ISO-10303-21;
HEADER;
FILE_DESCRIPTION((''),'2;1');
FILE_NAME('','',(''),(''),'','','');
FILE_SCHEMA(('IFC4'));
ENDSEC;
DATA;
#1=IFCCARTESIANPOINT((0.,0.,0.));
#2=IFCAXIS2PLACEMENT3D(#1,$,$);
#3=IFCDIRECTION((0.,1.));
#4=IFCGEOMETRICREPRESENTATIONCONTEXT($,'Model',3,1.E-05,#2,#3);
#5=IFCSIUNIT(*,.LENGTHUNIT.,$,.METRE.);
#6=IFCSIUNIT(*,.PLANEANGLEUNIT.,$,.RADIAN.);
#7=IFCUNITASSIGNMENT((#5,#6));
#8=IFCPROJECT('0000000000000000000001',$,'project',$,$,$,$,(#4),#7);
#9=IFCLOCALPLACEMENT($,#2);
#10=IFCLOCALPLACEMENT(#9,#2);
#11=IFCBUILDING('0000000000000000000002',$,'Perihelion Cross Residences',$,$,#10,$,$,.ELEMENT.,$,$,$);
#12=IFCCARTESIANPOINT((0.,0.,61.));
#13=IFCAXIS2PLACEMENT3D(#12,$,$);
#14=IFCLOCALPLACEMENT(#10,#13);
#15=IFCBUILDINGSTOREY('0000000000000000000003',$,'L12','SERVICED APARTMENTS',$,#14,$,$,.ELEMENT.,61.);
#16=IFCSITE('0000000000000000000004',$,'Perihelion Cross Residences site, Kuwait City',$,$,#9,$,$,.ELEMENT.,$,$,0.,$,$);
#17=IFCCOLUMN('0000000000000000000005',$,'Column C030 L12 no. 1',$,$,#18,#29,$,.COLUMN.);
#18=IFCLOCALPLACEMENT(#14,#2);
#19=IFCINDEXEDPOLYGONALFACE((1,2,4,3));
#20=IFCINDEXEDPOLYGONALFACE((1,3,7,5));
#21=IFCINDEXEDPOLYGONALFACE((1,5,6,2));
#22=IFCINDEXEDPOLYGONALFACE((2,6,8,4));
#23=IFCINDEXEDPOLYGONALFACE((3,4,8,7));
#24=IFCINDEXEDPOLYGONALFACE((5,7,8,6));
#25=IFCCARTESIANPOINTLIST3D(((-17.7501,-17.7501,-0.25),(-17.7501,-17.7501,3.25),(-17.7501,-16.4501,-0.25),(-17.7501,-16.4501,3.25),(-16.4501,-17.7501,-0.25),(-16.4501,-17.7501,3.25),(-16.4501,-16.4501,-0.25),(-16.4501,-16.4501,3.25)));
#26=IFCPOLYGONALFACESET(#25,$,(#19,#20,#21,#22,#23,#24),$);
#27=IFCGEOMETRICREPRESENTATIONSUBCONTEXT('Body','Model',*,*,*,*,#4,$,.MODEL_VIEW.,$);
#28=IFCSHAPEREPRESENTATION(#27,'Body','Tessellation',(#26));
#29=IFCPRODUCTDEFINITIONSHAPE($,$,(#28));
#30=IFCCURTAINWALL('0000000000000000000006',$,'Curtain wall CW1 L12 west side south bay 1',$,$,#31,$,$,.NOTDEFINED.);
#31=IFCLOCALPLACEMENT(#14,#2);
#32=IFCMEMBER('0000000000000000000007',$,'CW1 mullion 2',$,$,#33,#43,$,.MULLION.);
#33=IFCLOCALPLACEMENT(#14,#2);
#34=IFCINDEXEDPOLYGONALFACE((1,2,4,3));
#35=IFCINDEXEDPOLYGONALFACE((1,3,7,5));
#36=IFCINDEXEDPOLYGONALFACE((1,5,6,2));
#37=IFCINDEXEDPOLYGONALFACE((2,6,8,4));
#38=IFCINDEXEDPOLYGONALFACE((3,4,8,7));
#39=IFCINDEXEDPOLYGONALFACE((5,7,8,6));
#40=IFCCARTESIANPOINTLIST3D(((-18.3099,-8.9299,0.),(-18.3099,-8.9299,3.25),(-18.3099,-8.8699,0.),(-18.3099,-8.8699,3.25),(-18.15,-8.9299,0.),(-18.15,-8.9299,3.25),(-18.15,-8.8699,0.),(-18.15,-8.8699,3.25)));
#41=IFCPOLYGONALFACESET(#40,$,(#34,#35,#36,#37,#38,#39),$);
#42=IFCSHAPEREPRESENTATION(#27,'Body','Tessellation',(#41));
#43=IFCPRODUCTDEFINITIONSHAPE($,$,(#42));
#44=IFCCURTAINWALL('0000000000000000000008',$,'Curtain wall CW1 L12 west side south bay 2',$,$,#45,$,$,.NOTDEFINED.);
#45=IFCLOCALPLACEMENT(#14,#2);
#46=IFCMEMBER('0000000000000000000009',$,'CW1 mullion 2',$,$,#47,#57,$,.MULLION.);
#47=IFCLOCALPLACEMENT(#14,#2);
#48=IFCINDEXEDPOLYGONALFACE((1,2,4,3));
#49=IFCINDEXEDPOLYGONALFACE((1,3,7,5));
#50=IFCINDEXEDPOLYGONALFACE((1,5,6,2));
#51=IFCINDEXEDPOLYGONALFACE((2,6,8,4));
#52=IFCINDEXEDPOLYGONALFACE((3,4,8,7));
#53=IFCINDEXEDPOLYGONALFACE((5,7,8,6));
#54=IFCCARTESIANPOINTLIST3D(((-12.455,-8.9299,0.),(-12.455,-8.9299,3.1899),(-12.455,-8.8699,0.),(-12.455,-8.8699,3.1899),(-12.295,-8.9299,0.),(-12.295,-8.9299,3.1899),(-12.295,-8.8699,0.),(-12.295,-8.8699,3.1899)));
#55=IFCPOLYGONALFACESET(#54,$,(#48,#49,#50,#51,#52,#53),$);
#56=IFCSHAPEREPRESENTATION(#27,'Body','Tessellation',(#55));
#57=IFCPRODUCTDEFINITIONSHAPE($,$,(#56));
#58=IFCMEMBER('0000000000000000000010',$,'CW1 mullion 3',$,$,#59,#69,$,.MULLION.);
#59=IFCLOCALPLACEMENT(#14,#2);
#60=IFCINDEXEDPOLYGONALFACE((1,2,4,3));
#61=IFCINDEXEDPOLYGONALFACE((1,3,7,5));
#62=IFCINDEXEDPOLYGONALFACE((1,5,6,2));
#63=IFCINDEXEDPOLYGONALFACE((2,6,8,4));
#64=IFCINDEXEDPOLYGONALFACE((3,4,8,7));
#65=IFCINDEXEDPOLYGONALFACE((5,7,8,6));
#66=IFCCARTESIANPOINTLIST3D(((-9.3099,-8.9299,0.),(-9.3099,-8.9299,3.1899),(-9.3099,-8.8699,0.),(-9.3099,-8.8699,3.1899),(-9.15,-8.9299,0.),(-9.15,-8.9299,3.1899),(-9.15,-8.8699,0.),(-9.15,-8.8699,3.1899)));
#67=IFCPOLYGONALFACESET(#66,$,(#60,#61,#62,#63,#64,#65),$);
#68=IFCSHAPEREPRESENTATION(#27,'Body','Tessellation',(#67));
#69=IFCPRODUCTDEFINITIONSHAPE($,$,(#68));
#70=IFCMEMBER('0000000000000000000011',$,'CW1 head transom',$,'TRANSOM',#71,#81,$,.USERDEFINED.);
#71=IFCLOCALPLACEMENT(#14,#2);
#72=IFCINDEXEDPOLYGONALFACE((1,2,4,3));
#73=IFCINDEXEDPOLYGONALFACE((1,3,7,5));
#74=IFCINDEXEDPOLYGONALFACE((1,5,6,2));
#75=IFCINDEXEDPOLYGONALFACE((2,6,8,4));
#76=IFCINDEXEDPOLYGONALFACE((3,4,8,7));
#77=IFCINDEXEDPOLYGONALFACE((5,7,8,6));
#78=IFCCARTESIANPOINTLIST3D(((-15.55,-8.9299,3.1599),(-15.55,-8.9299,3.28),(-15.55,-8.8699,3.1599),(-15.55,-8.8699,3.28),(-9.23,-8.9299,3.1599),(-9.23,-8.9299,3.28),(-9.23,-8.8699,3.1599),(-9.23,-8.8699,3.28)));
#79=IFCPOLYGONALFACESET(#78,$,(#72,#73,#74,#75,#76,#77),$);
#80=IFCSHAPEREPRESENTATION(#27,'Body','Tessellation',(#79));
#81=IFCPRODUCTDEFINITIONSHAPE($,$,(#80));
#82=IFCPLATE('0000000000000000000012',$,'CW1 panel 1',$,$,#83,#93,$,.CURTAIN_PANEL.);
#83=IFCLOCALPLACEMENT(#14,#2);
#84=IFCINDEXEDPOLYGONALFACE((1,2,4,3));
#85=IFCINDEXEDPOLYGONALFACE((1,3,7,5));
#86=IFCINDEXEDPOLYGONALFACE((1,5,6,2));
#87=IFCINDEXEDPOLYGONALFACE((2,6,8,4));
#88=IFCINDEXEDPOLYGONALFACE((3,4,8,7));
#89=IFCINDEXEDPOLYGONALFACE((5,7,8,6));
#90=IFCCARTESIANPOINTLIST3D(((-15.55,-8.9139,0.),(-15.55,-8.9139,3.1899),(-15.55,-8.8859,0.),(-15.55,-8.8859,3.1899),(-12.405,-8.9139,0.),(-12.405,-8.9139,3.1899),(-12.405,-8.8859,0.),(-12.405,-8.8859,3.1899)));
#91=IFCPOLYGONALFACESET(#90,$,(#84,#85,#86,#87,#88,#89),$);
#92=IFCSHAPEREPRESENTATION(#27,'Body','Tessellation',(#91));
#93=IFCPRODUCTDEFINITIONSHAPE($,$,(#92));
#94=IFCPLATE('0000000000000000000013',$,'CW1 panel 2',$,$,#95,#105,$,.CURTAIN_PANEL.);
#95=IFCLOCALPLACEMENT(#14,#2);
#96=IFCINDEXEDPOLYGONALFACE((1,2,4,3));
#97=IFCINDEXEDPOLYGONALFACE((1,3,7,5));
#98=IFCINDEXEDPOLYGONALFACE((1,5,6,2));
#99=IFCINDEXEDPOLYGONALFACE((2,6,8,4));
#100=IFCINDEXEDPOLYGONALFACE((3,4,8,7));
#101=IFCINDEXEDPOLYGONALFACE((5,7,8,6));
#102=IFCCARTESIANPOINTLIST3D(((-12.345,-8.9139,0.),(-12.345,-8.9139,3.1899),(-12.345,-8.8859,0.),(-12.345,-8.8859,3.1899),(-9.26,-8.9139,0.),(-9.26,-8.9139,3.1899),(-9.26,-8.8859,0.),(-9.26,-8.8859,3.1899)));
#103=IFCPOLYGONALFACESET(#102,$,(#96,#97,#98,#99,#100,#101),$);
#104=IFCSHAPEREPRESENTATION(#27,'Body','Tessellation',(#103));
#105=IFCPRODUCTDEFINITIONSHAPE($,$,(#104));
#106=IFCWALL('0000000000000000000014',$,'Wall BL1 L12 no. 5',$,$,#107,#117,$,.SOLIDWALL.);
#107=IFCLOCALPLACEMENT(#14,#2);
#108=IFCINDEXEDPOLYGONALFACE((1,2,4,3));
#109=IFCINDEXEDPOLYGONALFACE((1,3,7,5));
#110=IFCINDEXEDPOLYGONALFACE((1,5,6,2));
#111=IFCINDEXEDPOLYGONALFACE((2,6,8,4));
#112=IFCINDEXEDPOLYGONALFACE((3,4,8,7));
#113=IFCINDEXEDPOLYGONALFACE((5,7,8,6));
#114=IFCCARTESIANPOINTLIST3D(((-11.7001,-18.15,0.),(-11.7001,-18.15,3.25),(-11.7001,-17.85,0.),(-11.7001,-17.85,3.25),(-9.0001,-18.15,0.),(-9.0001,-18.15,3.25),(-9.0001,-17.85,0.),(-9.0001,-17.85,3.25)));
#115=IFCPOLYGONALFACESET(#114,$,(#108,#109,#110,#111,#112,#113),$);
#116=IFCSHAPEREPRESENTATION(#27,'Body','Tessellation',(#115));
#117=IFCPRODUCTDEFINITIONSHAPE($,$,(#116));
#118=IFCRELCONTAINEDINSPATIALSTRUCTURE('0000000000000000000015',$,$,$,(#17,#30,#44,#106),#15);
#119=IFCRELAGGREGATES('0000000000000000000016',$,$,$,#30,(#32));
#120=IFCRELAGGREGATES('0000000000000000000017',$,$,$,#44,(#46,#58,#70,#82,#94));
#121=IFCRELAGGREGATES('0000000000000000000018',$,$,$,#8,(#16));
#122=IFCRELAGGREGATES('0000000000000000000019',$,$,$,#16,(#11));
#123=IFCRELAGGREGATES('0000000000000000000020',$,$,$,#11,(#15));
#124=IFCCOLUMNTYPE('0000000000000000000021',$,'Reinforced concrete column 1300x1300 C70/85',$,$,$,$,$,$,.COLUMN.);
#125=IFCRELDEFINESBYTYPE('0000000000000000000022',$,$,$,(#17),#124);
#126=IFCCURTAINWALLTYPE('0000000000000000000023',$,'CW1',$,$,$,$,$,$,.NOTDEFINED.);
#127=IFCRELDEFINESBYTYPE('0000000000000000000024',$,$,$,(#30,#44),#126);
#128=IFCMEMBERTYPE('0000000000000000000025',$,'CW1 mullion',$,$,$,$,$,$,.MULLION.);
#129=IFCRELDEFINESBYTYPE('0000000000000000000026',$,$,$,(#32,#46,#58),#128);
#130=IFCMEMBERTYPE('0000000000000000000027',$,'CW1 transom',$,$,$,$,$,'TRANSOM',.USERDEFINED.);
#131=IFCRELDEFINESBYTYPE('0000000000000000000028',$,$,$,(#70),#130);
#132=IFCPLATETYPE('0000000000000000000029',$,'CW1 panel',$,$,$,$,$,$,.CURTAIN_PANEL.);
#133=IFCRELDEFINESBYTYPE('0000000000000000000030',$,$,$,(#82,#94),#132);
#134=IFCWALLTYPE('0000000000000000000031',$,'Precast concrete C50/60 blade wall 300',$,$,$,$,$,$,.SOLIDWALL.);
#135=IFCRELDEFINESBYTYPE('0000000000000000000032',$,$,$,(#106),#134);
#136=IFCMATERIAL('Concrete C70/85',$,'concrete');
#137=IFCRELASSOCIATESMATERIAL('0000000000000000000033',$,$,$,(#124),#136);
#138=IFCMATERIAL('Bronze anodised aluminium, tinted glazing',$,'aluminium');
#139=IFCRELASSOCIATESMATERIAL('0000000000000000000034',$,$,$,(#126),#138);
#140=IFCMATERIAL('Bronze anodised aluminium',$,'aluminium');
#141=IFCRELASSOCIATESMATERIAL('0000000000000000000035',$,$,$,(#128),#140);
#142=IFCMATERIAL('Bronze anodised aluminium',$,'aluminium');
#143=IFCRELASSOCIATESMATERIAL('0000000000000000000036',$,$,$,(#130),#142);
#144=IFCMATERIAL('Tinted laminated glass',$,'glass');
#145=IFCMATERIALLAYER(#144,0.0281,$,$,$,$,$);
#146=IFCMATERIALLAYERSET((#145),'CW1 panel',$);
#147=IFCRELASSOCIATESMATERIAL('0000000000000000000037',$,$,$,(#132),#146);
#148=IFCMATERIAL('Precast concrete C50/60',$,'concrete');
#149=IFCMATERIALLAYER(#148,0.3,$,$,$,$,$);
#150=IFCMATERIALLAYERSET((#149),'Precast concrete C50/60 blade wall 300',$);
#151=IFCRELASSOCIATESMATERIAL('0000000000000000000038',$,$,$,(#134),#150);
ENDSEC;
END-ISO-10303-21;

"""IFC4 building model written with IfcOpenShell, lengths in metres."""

from ifc_helpers import new_model, si_unit, direction, frame, frame_2d, origin, origin_2d, place, context, subcontext, project, spatial, rectangle, extrude, material, layer, layer_set, material_profile, profile_set, type_object, element, aggregate, save


model = new_model("IFC4")

# Units and contexts
model_context = context("Model", 3, precision=1e-05, world=origin(), true_north=direction((0.0, 1.0)))
body_context = subcontext(model_context, "Body", "Model", "MODEL_VIEW")
ifc_project = project(units=[si_unit("LENGTHUNIT", "METRE"), si_unit("PLANEANGLEUNIT", "RADIAN")], contexts=[model_context])

# Site, building, storey
site_placement = place(None, origin())
site = spatial("IfcSite", under=ifc_project, at=site_placement, Name="Perihelion Cross Residences site, Kuwait City", CompositionType="ELEMENT", RefElevation=0.0)
building_placement = place(site_placement, origin())
building = spatial("IfcBuilding", under=site, at=building_placement, Name="Perihelion Cross Residences", CompositionType="ELEMENT")
storey_placement = place(building_placement, frame((0.0, 0.0, 61.0)))
storey = spatial("IfcBuildingStorey", under=building, at=storey_placement, Name="L12", Description="SERVICED APARTMENTS", CompositionType="ELEMENT", Elevation=61.0)

# Column
ifc_material_1 = material(Name="Concrete C70/85", Category="concrete")
ifc_material_profile_1 = material_profile(ifc_material_1, rectangle(XDim=1.3, YDim=1.3, at=origin_2d()), Name="RC 1300x1300")
ifc_profile_set_1 = profile_set([ifc_material_profile_1], Name="Concrete C70/85")
column_type = type_object("IfcColumnType", Name="Reinforced concrete column 1300x1300 C70/85", PredefinedType="COLUMN", material=ifc_profile_set_1)
column_placement = place(storey_placement, frame((-17.1001, -17.1001, -0.25), z_axis=(0.0, 0.0, 1.0), x_axis=(1.0, 0.0, 0.0)))
element("IfcColumn", 1, at=column_placement, inside=storey, type_object=column_type, Name="Column C030 L12 no. 1", PredefinedType="COLUMN", context=body_context, shape_type="SweptSolid", body=[
    extrude(rectangle(XDim=1.3, YDim=1.3, at=origin_2d()), origin(), (0.0, 0.0, 1.0), 3.5),
])

# Curtain wall, member
ifc_material_2 = material(Name="Bronze anodised aluminium, tinted glazing", Category="aluminium")
curtain_wall_type = type_object("IfcCurtainWallType", Name="CW1", PredefinedType="NOTDEFINED", material=ifc_material_2)
curtain_wall_1_placement = place(storey_placement, origin())
curtain_wall_1 = element("IfcCurtainWall", 2, at=curtain_wall_1_placement, inside=storey, type_object=curtain_wall_type, Name="Curtain wall CW1 L12 west side south bay 1", PredefinedType="NOTDEFINED")
ifc_material_3 = material(Name="Bronze anodised aluminium", Category="aluminium")
ifc_material_profile_2 = material_profile(ifc_material_3, rectangle(XDim=0.0601, YDim=0.1599, at=origin_2d()), Name="CW1 mullion")
ifc_profile_set_2 = profile_set([ifc_material_profile_2], Name="Bronze anodised aluminium")
member_type_1 = type_object("IfcMemberType", Name="CW1 mullion", PredefinedType="MULLION", material=ifc_profile_set_2)
member_1_placement = place(storey_placement, frame((-18.23, -8.8999, 0.0), z_axis=(0.0, 0.0, 1.0), x_axis=(0.0, 1.0, 0.0)))
member_1 = element("IfcMember", 3, at=member_1_placement, type_object=member_type_1, Name="CW1 mullion 2", PredefinedType="MULLION", context=body_context, shape_type="SweptSolid", body=[
    extrude(rectangle(XDim=0.0601, YDim=0.1599, at=origin_2d()), origin(), (0.0, 0.0, 1.0), 3.25),
])
aggregate(curtain_wall_1, [member_1])

# Curtain wall, members, plates
curtain_wall_2_placement = place(storey_placement, origin())
curtain_wall_2 = element("IfcCurtainWall", 4, at=curtain_wall_2_placement, inside=storey, type_object=curtain_wall_type, Name="Curtain wall CW1 L12 west side south bay 2", PredefinedType="NOTDEFINED")
member_2_placement = place(storey_placement, frame((-12.375, -8.8999, 0.0), z_axis=(0.0, 0.0, 1.0), x_axis=(0.0, 1.0, 0.0)))
member_2 = element("IfcMember", 5, at=member_2_placement, type_object=member_type_1, Name="CW1 mullion 2", PredefinedType="MULLION", context=body_context, shape_type="SweptSolid", body=[
    extrude(rectangle(XDim=0.0601, YDim=0.1599, at=origin_2d()), origin(), (0.0, 0.0, 1.0), 3.1899),
])
member_3_placement = place(storey_placement, frame((-9.23, -8.8999, 0.0), z_axis=(0.0, 0.0, 1.0), x_axis=(0.0, 1.0, 0.0)))
member_3 = element("IfcMember", 6, at=member_3_placement, type_object=member_type_1, Name="CW1 mullion 3", PredefinedType="MULLION", context=body_context, shape_type="SweptSolid", body=[
    extrude(rectangle(XDim=0.0601, YDim=0.1599, at=origin_2d()), origin(), (0.0, 0.0, 1.0), 3.1899),
])
ifc_material_4 = material(Name="Bronze anodised aluminium", Category="aluminium")
ifc_material_profile_3 = material_profile(ifc_material_4, rectangle(XDim=0.0601, YDim=0.1201, at=origin_2d()), Name="CW1 transom")
ifc_profile_set_3 = profile_set([ifc_material_profile_3], Name="Bronze anodised aluminium")
member_type_2 = type_object("IfcMemberType", Name="CW1 transom", ElementType="TRANSOM", PredefinedType="USERDEFINED", material=ifc_profile_set_3)
member_4_placement = place(storey_placement, frame((-15.55, -8.8999, 3.22), z_axis=(1.0, 0.0, 0.0), x_axis=(0.0, 1.0, 0.0)))
member_4 = element("IfcMember", 7, at=member_4_placement, type_object=member_type_2, Name="CW1 head transom", ObjectType="TRANSOM", PredefinedType="USERDEFINED", context=body_context, shape_type="SweptSolid", body=[
    extrude(rectangle(XDim=0.0601, YDim=0.1201, at=origin_2d()), origin(), (0.0, 0.0, 1.0), 6.3201),
])
ifc_material_5 = material(Name="Tinted laminated glass", Category="glass")
ifc_layer_1 = layer(ifc_material_5, 0.0281)
ifc_layer_set_1 = layer_set([ifc_layer_1], Name="CW1 panel")
plate_type = type_object("IfcPlateType", Name="CW1 panel", PredefinedType="CURTAIN_PANEL", material=ifc_layer_set_1)
plate_1_placement = place(storey_placement, frame((-13.9775, -8.8999, 0.0), z_axis=(0.0, 0.0, 1.0), x_axis=(1.0, 0.0, 0.0)))
plate_1 = element("IfcPlate", 8, at=plate_1_placement, type_object=plate_type, Name="CW1 panel 1", PredefinedType="CURTAIN_PANEL", context=body_context, shape_type="SweptSolid", body=[
    extrude(rectangle(XDim=3.145, YDim=0.0281, at=origin_2d()), origin(), (0.0, 0.0, 1.0), 3.1899),
])
plate_2_placement = place(storey_placement, frame((-10.8025, -8.8999, 0.0), z_axis=(0.0, 0.0, 1.0), x_axis=(1.0, 0.0, 0.0)))
plate_2 = element("IfcPlate", 9, at=plate_2_placement, type_object=plate_type, Name="CW1 panel 2", PredefinedType="CURTAIN_PANEL", context=body_context, shape_type="SweptSolid", body=[
    extrude(rectangle(XDim=3.085, YDim=0.0281, at=origin_2d()), origin(), (0.0, 0.0, 1.0), 3.1899),
])
aggregate(curtain_wall_2, [member_2, member_3, member_4, plate_1, plate_2])

# Wall
ifc_material_6 = material(Name="Precast concrete C50/60", Category="concrete")
ifc_layer_2 = layer(ifc_material_6, 0.3)
ifc_layer_set_2 = layer_set([ifc_layer_2], Name="Precast concrete C50/60 blade wall 300")
wall_type_1 = type_object("IfcWallType", Name="Precast concrete C50/60 blade wall 300", PredefinedType="SOLIDWALL", material=ifc_layer_set_2)
wall_1_placement = place(storey_placement, frame((-9.0, -18.0, 0.0), z_axis=(0.0, 0.0, 1.0), x_axis=(-1.0, 0.0, 0.0)))
element("IfcWall", 10, at=wall_1_placement, inside=storey, type_object=wall_type_1, Name="Wall BL1 L12 no. 5", PredefinedType="SOLIDWALL", context=body_context, shape_type="SweptSolid", body=[
    extrude(rectangle(XDim=2.7, YDim=0.3, at=frame_2d((1.3501, 0.0))), origin(), (0.0, 0.0, 1.0), 3.25),
])

save(model, "model.ifc")
